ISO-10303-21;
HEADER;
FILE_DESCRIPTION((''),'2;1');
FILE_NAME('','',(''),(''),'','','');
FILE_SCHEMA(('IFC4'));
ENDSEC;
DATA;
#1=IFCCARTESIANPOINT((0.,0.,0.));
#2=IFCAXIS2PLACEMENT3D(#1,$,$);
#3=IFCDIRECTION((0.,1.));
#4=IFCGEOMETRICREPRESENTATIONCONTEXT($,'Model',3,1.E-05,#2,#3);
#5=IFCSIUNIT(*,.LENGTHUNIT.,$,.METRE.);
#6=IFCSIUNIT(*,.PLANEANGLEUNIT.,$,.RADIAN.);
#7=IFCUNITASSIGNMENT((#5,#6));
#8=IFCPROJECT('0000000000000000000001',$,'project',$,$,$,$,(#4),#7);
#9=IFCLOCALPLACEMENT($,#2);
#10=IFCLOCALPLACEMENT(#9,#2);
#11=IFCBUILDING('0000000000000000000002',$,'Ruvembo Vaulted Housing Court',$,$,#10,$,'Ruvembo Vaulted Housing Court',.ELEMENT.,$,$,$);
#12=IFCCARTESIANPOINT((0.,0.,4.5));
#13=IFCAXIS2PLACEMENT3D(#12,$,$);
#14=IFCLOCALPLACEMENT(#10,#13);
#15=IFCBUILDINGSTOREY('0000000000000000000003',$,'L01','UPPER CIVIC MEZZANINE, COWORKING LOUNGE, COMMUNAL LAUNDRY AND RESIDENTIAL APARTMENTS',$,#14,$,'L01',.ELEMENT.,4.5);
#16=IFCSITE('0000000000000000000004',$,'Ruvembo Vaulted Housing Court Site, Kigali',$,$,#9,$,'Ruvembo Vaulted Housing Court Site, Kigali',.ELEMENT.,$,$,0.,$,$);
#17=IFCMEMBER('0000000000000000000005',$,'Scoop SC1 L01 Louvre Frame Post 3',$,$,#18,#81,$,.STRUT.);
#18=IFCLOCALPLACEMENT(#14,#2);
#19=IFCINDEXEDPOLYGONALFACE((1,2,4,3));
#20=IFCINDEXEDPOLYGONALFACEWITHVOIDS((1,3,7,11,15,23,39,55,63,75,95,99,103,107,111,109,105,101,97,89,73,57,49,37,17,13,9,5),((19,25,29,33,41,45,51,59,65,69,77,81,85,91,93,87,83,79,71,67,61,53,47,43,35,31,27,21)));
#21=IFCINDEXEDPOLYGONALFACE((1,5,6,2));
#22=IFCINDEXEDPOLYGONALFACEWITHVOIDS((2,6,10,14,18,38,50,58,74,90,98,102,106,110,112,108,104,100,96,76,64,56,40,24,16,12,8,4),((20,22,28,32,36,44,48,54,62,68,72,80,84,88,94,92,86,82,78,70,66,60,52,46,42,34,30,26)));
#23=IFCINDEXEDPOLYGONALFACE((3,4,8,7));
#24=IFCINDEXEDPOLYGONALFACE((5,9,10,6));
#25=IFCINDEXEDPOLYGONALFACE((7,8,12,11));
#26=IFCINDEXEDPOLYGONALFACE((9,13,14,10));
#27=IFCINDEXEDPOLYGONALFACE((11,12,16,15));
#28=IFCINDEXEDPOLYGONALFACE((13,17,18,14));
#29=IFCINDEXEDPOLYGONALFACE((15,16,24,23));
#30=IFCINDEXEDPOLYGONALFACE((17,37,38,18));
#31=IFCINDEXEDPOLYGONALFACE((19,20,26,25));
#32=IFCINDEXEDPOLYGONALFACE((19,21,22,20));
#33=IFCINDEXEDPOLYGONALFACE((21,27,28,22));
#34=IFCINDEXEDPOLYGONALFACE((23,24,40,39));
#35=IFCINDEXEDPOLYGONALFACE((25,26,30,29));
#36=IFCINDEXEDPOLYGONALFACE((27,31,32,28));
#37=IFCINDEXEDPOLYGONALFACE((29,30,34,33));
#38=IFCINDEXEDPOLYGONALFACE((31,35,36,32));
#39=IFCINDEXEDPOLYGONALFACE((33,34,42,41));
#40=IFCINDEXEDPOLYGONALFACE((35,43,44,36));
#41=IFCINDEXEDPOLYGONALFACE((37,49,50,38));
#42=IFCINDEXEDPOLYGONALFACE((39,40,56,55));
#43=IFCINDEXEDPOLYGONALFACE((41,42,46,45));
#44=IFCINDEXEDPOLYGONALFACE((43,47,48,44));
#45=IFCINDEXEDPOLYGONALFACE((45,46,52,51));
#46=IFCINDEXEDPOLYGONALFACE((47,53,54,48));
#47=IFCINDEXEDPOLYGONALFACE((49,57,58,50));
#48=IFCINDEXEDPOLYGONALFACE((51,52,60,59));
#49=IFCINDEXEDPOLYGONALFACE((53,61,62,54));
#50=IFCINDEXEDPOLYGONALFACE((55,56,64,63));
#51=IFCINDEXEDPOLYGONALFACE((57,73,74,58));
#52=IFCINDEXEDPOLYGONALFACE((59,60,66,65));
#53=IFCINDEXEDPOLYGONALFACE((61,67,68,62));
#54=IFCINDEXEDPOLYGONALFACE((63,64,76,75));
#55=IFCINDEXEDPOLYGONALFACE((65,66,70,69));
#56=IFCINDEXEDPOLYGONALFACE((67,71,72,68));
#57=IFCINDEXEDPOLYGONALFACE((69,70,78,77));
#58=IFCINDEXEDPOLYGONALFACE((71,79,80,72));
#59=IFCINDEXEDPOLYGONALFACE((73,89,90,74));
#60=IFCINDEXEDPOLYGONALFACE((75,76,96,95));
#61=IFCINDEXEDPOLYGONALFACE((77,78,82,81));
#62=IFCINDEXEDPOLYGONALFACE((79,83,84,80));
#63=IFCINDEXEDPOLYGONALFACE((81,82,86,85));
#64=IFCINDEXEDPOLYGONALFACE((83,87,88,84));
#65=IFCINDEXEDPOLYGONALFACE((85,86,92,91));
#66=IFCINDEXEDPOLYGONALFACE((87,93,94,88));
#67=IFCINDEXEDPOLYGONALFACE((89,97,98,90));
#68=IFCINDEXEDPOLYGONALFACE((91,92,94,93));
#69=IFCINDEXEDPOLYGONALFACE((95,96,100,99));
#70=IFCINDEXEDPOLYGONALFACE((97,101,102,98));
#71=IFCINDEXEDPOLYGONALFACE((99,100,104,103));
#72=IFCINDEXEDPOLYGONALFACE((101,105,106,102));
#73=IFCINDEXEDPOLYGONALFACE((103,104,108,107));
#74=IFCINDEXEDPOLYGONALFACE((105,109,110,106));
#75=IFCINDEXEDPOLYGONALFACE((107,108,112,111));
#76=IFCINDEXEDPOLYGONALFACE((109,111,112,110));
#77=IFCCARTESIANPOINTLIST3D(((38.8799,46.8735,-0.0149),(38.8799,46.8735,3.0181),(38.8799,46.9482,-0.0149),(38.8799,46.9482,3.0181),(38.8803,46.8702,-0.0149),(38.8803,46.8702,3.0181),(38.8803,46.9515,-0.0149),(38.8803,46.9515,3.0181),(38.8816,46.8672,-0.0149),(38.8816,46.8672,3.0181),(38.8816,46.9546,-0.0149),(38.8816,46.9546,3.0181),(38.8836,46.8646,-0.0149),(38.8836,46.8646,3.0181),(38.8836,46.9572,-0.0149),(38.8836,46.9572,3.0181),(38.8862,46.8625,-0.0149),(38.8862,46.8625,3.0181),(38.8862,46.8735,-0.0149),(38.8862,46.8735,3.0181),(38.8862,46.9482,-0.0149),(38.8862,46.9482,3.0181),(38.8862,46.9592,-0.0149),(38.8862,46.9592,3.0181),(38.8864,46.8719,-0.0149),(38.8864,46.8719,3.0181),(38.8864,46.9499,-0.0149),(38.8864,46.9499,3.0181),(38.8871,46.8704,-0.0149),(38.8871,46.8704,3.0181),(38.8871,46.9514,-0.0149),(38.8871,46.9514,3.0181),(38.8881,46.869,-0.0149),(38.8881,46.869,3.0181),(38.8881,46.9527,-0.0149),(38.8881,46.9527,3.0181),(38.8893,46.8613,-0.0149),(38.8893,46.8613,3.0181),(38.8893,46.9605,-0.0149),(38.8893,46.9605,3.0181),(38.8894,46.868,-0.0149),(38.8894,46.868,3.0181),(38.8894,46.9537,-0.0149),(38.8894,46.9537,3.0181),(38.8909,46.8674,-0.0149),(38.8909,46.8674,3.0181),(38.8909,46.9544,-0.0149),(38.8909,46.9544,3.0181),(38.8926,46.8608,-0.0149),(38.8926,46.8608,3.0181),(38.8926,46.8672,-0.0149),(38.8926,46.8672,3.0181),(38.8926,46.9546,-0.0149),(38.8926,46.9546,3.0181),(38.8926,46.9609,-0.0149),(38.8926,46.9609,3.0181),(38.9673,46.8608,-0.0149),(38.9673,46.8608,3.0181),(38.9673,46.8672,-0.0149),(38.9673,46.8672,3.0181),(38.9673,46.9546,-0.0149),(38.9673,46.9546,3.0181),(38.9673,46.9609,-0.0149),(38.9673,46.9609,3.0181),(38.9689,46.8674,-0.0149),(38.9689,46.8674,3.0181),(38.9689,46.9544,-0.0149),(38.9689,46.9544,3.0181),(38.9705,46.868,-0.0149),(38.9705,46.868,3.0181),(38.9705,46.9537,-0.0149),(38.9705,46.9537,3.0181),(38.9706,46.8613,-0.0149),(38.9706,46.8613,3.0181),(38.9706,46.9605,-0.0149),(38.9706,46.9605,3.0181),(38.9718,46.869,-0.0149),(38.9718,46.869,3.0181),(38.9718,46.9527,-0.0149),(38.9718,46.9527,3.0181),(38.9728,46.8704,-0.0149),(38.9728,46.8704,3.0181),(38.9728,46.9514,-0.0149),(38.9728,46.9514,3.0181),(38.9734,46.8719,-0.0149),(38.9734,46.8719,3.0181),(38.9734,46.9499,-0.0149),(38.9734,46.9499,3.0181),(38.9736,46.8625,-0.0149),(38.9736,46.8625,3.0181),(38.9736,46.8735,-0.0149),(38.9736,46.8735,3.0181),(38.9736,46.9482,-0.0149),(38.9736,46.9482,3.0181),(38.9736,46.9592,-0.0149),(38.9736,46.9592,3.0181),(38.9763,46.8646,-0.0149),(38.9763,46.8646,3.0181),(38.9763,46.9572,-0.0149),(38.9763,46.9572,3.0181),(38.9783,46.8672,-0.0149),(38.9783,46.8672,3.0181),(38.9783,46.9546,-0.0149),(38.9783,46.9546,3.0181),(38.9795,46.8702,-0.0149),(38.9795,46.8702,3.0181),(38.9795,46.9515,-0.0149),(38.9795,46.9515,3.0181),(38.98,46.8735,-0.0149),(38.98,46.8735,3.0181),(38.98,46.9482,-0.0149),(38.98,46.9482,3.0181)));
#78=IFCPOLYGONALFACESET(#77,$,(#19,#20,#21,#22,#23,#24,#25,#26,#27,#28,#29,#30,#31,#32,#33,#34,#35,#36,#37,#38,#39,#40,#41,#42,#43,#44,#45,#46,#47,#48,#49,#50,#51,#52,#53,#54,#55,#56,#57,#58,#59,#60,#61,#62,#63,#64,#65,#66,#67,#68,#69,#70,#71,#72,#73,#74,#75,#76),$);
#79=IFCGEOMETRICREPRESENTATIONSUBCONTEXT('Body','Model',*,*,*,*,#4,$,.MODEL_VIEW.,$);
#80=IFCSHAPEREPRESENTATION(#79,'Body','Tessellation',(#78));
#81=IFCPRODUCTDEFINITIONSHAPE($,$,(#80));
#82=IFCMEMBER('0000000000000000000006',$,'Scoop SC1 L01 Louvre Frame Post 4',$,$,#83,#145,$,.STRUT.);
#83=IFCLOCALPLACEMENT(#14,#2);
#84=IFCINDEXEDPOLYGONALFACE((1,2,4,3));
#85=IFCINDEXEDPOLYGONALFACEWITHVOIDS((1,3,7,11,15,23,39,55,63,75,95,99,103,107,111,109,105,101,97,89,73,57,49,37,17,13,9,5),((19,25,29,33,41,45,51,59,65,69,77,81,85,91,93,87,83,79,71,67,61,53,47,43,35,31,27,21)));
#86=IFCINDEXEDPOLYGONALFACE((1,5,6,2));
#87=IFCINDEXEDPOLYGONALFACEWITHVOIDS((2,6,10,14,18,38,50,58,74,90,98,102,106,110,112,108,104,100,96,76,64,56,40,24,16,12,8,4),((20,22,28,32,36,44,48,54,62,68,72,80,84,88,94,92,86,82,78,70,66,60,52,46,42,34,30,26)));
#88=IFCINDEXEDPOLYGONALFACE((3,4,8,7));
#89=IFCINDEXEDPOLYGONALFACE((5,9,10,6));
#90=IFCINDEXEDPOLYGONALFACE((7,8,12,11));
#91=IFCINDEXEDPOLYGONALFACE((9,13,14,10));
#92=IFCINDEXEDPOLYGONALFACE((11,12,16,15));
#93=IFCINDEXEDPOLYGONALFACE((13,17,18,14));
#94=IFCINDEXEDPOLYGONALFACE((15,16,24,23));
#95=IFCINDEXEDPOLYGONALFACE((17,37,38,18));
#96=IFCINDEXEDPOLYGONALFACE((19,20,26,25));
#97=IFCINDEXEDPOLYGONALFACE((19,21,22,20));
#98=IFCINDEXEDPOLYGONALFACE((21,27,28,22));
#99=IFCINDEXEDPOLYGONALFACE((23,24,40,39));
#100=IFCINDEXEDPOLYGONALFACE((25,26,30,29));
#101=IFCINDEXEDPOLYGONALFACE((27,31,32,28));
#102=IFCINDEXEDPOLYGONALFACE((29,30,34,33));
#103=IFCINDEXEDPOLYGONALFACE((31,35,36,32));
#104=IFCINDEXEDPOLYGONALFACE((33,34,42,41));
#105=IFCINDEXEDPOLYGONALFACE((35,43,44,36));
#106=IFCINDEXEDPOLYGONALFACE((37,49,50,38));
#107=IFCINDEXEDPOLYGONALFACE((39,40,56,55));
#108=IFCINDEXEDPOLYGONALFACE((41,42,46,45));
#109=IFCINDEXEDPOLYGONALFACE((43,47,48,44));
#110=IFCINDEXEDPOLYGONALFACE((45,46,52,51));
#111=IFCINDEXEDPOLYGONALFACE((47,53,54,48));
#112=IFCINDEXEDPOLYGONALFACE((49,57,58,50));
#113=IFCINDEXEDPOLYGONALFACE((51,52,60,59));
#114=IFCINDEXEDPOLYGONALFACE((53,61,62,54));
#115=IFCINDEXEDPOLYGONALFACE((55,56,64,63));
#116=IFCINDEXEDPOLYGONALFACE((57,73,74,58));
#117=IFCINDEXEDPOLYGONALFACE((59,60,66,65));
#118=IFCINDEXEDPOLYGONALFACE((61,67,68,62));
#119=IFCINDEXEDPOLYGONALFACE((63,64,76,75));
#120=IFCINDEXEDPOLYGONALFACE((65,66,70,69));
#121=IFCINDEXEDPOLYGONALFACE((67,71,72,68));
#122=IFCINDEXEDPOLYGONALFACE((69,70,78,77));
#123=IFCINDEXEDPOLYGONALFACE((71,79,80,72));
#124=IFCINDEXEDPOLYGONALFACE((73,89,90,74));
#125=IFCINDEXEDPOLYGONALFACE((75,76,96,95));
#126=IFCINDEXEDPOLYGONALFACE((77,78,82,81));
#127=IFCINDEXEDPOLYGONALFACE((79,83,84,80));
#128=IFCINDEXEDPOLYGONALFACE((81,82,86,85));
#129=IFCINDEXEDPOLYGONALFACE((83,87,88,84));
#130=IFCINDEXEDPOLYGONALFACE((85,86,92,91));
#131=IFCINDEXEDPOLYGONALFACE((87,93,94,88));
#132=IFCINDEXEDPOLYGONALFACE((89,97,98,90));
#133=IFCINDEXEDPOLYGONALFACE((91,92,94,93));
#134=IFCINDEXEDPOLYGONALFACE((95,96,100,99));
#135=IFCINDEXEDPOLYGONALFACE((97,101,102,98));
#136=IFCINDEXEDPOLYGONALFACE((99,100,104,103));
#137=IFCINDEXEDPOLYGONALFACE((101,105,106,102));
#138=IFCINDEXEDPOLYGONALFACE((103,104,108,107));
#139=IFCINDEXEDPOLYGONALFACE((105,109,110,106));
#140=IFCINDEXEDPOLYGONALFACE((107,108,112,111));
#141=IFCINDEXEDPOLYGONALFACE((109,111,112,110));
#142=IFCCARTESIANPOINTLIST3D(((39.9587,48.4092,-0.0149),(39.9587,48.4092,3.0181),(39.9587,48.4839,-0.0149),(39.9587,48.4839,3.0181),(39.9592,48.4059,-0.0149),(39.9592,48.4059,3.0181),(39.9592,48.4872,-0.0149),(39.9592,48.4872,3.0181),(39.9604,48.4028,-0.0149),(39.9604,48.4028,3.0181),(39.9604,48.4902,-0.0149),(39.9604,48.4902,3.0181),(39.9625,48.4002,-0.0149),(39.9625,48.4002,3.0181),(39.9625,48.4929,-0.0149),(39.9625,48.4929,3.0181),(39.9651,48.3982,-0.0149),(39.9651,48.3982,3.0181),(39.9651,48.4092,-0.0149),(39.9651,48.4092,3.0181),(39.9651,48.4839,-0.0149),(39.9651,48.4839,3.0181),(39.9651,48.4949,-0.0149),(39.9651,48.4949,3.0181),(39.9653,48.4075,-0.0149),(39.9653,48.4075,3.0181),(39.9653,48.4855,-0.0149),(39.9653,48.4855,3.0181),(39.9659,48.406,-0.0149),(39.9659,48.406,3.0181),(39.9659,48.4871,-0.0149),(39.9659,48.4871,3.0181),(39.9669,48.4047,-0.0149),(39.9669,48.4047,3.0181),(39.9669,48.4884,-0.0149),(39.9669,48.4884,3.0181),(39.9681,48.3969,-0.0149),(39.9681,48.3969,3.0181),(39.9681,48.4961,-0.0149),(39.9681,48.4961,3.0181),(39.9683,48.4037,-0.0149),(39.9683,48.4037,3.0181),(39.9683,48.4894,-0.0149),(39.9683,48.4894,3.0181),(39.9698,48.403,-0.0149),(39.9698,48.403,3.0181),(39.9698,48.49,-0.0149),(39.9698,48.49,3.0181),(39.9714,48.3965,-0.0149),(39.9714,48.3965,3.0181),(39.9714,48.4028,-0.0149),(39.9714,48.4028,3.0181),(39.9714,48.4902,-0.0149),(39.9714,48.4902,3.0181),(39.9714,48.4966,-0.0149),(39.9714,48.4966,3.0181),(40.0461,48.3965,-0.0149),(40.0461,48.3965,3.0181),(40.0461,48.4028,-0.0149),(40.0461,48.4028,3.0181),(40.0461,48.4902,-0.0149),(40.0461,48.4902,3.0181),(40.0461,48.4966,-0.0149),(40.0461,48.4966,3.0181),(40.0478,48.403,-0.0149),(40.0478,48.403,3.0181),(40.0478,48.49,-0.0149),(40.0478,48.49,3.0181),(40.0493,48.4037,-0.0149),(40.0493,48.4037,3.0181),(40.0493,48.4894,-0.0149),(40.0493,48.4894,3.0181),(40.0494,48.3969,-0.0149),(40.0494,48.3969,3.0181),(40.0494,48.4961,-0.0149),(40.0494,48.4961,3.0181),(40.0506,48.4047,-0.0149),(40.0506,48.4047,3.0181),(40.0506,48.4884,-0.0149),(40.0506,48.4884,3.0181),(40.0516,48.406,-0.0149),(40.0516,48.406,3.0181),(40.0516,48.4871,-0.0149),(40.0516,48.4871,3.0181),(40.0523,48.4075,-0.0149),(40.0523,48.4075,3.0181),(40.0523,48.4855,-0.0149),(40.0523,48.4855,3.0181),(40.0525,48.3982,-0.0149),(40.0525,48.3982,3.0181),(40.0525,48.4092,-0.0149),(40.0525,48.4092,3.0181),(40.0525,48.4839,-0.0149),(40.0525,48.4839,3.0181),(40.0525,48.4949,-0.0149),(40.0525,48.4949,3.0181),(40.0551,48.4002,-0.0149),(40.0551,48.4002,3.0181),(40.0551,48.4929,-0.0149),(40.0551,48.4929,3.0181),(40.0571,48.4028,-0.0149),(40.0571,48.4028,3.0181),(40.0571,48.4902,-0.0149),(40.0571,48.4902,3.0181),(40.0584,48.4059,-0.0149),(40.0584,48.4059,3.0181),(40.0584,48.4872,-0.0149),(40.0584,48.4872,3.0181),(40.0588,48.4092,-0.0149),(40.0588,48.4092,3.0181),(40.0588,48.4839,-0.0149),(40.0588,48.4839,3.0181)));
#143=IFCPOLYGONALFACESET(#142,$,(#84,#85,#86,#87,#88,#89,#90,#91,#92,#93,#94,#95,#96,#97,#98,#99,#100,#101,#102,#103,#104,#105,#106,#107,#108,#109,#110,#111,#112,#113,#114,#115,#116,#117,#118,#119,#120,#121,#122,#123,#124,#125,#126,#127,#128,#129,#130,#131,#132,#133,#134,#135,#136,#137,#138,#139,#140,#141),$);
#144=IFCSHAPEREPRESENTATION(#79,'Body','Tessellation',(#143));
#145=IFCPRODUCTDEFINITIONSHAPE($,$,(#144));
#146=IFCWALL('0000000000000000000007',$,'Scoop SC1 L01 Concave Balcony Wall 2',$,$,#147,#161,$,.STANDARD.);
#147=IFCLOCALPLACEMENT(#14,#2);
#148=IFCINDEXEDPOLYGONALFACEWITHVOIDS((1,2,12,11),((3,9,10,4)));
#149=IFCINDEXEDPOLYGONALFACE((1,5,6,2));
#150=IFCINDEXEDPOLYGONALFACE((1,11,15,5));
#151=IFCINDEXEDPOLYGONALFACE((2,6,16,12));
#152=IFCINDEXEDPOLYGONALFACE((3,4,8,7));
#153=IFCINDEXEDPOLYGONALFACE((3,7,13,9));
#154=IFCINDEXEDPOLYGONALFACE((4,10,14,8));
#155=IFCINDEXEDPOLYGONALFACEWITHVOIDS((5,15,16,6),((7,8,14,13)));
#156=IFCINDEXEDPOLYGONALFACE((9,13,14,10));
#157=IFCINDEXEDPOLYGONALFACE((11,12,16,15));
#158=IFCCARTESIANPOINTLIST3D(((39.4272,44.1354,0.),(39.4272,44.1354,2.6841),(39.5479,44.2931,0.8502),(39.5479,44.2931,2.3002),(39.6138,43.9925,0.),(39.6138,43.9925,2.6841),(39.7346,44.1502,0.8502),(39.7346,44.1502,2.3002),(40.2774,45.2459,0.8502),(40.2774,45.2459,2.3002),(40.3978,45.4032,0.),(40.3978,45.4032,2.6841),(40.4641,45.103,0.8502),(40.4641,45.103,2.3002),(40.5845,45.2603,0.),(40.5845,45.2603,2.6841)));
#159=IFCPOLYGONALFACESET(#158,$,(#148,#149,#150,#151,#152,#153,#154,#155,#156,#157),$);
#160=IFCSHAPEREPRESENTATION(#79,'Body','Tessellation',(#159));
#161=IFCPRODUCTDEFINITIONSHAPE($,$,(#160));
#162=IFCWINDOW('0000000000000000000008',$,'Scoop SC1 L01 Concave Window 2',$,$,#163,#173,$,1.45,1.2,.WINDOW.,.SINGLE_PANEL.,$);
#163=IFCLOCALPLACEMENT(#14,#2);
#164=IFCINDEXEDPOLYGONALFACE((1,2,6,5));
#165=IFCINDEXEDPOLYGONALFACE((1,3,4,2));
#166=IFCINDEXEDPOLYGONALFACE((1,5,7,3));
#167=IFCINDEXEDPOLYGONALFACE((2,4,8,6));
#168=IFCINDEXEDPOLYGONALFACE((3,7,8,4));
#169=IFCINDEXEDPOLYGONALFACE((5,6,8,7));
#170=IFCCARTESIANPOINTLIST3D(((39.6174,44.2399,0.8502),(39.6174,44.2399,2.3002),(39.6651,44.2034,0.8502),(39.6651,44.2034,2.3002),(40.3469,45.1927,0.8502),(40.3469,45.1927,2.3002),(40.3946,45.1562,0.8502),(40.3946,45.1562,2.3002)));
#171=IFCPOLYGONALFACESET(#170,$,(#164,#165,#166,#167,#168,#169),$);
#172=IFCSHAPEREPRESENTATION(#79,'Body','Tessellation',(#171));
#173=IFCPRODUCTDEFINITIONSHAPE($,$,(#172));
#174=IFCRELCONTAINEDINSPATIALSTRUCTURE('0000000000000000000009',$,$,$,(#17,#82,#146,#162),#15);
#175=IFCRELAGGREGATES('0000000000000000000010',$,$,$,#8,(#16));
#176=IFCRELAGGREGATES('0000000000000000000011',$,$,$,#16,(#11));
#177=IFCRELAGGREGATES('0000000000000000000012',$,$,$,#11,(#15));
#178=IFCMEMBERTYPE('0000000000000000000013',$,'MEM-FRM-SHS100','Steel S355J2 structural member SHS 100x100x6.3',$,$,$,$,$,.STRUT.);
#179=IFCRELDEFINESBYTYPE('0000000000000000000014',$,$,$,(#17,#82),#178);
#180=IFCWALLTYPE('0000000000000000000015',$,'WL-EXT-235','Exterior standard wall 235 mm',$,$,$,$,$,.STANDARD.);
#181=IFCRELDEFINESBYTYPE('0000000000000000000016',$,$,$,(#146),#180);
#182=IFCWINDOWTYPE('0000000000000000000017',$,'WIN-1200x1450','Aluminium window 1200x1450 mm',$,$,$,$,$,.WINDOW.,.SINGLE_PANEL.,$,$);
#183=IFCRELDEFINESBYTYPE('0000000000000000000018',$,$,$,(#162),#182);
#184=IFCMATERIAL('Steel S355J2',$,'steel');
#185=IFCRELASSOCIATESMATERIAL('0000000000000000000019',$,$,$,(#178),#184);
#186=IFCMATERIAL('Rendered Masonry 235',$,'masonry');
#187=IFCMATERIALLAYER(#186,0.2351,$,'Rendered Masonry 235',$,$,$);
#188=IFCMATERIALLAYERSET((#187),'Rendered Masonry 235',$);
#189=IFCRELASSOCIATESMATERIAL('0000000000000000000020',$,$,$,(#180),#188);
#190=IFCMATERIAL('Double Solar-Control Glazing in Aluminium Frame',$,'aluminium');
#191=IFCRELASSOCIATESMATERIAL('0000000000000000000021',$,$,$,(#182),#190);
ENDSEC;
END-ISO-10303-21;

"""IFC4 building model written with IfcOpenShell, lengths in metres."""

from ifc_helpers import new_model, si_unit, direction, frame, frame_2d, origin, origin_2d, place, context, subcontext, project, spatial, rectangle, hollow_rectangle, extrude, material, layer, layer_set, material_profile, profile_set, type_object, element, fill, save


model = new_model("IFC4")

# Units and contexts
model_context = context("Model", 3, precision=1e-05, world=origin(), true_north=direction((0.0, 1.0)))
body_context = subcontext(model_context, "Body", "Model", "MODEL_VIEW")
ifc_project = project(units=[si_unit("LENGTHUNIT", "METRE"), si_unit("PLANEANGLEUNIT", "RADIAN")], contexts=[model_context])

# Site, building, storey
site_placement = place(None, origin())
site = spatial("IfcSite", under=ifc_project, at=site_placement, Name="Ruvembo Vaulted Housing Court Site, Kigali", LongName="Ruvembo Vaulted Housing Court Site, Kigali", CompositionType="ELEMENT", RefElevation=0.0)
building_placement = place(site_placement, origin())
building = spatial("IfcBuilding", under=site, at=building_placement, Name="Ruvembo Vaulted Housing Court", LongName="Ruvembo Vaulted Housing Court", CompositionType="ELEMENT")
storey_placement = place(building_placement, frame((0.0, 0.0, 4.5)))
storey = spatial("IfcBuildingStorey", under=building, at=storey_placement, Name="L01", Description="UPPER CIVIC MEZZANINE, COWORKING LOUNGE, COMMUNAL LAUNDRY AND RESIDENTIAL APARTMENTS", LongName="L01", CompositionType="ELEMENT", Elevation=4.5)

# Shared definitions
ifc_material_1 = material(Name="Steel S355J2", Category="steel")

# Members
ifc_material_profile_1 = material_profile(ifc_material_1, hollow_rectangle(XDim=0.1001, YDim=0.1001, WallThickness=0.0063, InnerFilletRadius=0.0063, OuterFilletRadius=0.0127, at=origin_2d()), Name="SHS 100x100x6.3")
ifc_profile_set_1 = profile_set([ifc_material_profile_1], Name="Steel S355J2")
member_type_1 = type_object("IfcMemberType", Name="MEM-FRM-SHS100", Description="Steel S355J2 structural member SHS 100x100x6.3", PredefinedType="STRUT", material=ifc_profile_set_1)
for number, where, z_axis, x_axis, name in (
    (1, (38.9299, 46.9109, -0.0149), (0.0, 0.0, 1.0), (1.0, 0.0, 0.0), "Scoop SC1 L01 Louvre Frame Post 3"),
    (2, (40.0088, 48.4465, -0.0149), (0.0, 0.0, 1.0), (1.0, 0.0, 0.0), "Scoop SC1 L01 Louvre Frame Post 4"),
):
    element("IfcMember", number, at=place(storey_placement, frame(where, z_axis=z_axis, x_axis=x_axis)), inside=storey, type_object=member_type_1, Name=name, PredefinedType="STRUT", context=body_context, shape_type="SweptSolid", body=[
        extrude(hollow_rectangle(XDim=0.1001, YDim=0.1001, WallThickness=0.0063, InnerFilletRadius=0.0063, OuterFilletRadius=0.0127, at=origin_2d()), origin(), (0.0, 0.0, 1.0), 3.033),
    ])

# Wall, opening, window
ifc_material_2 = material(Name="Rendered Masonry 235", Category="masonry")
ifc_layer_1 = layer(ifc_material_2, 0.2351, Name="Rendered Masonry 235")
ifc_layer_set_1 = layer_set([ifc_layer_1], Name="Rendered Masonry 235")
wall_type = type_object("IfcWallType", Name="WL-EXT-235", Description="Exterior standard wall 235 mm", PredefinedType="STANDARD", material=ifc_layer_set_1)
wall_1_placement = place(storey_placement, frame((39.5205, 44.064, 0.0), z_axis=(0.0, 0.0, 1.0), x_axis=(0.607921, 0.793997, 0.0)))
wall_1 = element("IfcWall", 3, at=wall_1_placement, inside=storey, type_object=wall_type, Name="Scoop SC1 L01 Concave Balcony Wall 2", PredefinedType="STANDARD", context=body_context, shape_type="SweptSolid", body=[
    extrude(rectangle(XDim=1.5967, YDim=0.2351, at=frame_2d((0.7983, 0.0))), origin(), (0.0, 0.0, 1.0), 2.6841),
])
opening_1_placement = place(wall_1_placement, frame((0.1985, 0.0, 0.8501)))
opening_1 = element("IfcOpeningElement", 4, at=opening_1_placement, cuts=wall_1, PredefinedType="OPENING", context=body_context, shape_type="SweptSolid", body=[
    extrude(rectangle(XDim=1.2, YDim=1.45, at=frame_2d((0.6001, 0.7251))), frame((0.0, 0.1274, 0.0), z_axis=(0.0, -1.0, 0.0), x_axis=(1.0, 0.0, 0.0)), (0.0, 0.0, 1.0), 0.2551),
])
ifc_material_3 = material(Name="Double Solar-Control Glazing in Aluminium Frame", Category="aluminium")
window_type = type_object("IfcWindowType", Name="WIN-1200x1450", Description="Aluminium window 1200x1450 mm", PartitioningType="SINGLE_PANEL", PredefinedType="WINDOW", material=ifc_material_3)
window_placement = place(opening_1_placement, origin())
window = element("IfcWindow", 5, at=window_placement, inside=storey, type_object=window_type, Name="Scoop SC1 L01 Concave Window 2", OverallHeight=1.45, OverallWidth=1.2, PartitioningType="SINGLE_PANEL", PredefinedType="WINDOW", context=body_context, shape_type="SweptSolid", body=[
    extrude(rectangle(XDim=1.2, YDim=1.45, at=frame_2d((0.6001, 0.7251))), frame((0.0, 0.03, 0.0), z_axis=(0.0, -1.0, 0.0), x_axis=(1.0, 0.0, 0.0)), (0.0, 0.0, 1.0), 0.0601),
])
fill(opening_1, window)

save(model, "model.ifc")
